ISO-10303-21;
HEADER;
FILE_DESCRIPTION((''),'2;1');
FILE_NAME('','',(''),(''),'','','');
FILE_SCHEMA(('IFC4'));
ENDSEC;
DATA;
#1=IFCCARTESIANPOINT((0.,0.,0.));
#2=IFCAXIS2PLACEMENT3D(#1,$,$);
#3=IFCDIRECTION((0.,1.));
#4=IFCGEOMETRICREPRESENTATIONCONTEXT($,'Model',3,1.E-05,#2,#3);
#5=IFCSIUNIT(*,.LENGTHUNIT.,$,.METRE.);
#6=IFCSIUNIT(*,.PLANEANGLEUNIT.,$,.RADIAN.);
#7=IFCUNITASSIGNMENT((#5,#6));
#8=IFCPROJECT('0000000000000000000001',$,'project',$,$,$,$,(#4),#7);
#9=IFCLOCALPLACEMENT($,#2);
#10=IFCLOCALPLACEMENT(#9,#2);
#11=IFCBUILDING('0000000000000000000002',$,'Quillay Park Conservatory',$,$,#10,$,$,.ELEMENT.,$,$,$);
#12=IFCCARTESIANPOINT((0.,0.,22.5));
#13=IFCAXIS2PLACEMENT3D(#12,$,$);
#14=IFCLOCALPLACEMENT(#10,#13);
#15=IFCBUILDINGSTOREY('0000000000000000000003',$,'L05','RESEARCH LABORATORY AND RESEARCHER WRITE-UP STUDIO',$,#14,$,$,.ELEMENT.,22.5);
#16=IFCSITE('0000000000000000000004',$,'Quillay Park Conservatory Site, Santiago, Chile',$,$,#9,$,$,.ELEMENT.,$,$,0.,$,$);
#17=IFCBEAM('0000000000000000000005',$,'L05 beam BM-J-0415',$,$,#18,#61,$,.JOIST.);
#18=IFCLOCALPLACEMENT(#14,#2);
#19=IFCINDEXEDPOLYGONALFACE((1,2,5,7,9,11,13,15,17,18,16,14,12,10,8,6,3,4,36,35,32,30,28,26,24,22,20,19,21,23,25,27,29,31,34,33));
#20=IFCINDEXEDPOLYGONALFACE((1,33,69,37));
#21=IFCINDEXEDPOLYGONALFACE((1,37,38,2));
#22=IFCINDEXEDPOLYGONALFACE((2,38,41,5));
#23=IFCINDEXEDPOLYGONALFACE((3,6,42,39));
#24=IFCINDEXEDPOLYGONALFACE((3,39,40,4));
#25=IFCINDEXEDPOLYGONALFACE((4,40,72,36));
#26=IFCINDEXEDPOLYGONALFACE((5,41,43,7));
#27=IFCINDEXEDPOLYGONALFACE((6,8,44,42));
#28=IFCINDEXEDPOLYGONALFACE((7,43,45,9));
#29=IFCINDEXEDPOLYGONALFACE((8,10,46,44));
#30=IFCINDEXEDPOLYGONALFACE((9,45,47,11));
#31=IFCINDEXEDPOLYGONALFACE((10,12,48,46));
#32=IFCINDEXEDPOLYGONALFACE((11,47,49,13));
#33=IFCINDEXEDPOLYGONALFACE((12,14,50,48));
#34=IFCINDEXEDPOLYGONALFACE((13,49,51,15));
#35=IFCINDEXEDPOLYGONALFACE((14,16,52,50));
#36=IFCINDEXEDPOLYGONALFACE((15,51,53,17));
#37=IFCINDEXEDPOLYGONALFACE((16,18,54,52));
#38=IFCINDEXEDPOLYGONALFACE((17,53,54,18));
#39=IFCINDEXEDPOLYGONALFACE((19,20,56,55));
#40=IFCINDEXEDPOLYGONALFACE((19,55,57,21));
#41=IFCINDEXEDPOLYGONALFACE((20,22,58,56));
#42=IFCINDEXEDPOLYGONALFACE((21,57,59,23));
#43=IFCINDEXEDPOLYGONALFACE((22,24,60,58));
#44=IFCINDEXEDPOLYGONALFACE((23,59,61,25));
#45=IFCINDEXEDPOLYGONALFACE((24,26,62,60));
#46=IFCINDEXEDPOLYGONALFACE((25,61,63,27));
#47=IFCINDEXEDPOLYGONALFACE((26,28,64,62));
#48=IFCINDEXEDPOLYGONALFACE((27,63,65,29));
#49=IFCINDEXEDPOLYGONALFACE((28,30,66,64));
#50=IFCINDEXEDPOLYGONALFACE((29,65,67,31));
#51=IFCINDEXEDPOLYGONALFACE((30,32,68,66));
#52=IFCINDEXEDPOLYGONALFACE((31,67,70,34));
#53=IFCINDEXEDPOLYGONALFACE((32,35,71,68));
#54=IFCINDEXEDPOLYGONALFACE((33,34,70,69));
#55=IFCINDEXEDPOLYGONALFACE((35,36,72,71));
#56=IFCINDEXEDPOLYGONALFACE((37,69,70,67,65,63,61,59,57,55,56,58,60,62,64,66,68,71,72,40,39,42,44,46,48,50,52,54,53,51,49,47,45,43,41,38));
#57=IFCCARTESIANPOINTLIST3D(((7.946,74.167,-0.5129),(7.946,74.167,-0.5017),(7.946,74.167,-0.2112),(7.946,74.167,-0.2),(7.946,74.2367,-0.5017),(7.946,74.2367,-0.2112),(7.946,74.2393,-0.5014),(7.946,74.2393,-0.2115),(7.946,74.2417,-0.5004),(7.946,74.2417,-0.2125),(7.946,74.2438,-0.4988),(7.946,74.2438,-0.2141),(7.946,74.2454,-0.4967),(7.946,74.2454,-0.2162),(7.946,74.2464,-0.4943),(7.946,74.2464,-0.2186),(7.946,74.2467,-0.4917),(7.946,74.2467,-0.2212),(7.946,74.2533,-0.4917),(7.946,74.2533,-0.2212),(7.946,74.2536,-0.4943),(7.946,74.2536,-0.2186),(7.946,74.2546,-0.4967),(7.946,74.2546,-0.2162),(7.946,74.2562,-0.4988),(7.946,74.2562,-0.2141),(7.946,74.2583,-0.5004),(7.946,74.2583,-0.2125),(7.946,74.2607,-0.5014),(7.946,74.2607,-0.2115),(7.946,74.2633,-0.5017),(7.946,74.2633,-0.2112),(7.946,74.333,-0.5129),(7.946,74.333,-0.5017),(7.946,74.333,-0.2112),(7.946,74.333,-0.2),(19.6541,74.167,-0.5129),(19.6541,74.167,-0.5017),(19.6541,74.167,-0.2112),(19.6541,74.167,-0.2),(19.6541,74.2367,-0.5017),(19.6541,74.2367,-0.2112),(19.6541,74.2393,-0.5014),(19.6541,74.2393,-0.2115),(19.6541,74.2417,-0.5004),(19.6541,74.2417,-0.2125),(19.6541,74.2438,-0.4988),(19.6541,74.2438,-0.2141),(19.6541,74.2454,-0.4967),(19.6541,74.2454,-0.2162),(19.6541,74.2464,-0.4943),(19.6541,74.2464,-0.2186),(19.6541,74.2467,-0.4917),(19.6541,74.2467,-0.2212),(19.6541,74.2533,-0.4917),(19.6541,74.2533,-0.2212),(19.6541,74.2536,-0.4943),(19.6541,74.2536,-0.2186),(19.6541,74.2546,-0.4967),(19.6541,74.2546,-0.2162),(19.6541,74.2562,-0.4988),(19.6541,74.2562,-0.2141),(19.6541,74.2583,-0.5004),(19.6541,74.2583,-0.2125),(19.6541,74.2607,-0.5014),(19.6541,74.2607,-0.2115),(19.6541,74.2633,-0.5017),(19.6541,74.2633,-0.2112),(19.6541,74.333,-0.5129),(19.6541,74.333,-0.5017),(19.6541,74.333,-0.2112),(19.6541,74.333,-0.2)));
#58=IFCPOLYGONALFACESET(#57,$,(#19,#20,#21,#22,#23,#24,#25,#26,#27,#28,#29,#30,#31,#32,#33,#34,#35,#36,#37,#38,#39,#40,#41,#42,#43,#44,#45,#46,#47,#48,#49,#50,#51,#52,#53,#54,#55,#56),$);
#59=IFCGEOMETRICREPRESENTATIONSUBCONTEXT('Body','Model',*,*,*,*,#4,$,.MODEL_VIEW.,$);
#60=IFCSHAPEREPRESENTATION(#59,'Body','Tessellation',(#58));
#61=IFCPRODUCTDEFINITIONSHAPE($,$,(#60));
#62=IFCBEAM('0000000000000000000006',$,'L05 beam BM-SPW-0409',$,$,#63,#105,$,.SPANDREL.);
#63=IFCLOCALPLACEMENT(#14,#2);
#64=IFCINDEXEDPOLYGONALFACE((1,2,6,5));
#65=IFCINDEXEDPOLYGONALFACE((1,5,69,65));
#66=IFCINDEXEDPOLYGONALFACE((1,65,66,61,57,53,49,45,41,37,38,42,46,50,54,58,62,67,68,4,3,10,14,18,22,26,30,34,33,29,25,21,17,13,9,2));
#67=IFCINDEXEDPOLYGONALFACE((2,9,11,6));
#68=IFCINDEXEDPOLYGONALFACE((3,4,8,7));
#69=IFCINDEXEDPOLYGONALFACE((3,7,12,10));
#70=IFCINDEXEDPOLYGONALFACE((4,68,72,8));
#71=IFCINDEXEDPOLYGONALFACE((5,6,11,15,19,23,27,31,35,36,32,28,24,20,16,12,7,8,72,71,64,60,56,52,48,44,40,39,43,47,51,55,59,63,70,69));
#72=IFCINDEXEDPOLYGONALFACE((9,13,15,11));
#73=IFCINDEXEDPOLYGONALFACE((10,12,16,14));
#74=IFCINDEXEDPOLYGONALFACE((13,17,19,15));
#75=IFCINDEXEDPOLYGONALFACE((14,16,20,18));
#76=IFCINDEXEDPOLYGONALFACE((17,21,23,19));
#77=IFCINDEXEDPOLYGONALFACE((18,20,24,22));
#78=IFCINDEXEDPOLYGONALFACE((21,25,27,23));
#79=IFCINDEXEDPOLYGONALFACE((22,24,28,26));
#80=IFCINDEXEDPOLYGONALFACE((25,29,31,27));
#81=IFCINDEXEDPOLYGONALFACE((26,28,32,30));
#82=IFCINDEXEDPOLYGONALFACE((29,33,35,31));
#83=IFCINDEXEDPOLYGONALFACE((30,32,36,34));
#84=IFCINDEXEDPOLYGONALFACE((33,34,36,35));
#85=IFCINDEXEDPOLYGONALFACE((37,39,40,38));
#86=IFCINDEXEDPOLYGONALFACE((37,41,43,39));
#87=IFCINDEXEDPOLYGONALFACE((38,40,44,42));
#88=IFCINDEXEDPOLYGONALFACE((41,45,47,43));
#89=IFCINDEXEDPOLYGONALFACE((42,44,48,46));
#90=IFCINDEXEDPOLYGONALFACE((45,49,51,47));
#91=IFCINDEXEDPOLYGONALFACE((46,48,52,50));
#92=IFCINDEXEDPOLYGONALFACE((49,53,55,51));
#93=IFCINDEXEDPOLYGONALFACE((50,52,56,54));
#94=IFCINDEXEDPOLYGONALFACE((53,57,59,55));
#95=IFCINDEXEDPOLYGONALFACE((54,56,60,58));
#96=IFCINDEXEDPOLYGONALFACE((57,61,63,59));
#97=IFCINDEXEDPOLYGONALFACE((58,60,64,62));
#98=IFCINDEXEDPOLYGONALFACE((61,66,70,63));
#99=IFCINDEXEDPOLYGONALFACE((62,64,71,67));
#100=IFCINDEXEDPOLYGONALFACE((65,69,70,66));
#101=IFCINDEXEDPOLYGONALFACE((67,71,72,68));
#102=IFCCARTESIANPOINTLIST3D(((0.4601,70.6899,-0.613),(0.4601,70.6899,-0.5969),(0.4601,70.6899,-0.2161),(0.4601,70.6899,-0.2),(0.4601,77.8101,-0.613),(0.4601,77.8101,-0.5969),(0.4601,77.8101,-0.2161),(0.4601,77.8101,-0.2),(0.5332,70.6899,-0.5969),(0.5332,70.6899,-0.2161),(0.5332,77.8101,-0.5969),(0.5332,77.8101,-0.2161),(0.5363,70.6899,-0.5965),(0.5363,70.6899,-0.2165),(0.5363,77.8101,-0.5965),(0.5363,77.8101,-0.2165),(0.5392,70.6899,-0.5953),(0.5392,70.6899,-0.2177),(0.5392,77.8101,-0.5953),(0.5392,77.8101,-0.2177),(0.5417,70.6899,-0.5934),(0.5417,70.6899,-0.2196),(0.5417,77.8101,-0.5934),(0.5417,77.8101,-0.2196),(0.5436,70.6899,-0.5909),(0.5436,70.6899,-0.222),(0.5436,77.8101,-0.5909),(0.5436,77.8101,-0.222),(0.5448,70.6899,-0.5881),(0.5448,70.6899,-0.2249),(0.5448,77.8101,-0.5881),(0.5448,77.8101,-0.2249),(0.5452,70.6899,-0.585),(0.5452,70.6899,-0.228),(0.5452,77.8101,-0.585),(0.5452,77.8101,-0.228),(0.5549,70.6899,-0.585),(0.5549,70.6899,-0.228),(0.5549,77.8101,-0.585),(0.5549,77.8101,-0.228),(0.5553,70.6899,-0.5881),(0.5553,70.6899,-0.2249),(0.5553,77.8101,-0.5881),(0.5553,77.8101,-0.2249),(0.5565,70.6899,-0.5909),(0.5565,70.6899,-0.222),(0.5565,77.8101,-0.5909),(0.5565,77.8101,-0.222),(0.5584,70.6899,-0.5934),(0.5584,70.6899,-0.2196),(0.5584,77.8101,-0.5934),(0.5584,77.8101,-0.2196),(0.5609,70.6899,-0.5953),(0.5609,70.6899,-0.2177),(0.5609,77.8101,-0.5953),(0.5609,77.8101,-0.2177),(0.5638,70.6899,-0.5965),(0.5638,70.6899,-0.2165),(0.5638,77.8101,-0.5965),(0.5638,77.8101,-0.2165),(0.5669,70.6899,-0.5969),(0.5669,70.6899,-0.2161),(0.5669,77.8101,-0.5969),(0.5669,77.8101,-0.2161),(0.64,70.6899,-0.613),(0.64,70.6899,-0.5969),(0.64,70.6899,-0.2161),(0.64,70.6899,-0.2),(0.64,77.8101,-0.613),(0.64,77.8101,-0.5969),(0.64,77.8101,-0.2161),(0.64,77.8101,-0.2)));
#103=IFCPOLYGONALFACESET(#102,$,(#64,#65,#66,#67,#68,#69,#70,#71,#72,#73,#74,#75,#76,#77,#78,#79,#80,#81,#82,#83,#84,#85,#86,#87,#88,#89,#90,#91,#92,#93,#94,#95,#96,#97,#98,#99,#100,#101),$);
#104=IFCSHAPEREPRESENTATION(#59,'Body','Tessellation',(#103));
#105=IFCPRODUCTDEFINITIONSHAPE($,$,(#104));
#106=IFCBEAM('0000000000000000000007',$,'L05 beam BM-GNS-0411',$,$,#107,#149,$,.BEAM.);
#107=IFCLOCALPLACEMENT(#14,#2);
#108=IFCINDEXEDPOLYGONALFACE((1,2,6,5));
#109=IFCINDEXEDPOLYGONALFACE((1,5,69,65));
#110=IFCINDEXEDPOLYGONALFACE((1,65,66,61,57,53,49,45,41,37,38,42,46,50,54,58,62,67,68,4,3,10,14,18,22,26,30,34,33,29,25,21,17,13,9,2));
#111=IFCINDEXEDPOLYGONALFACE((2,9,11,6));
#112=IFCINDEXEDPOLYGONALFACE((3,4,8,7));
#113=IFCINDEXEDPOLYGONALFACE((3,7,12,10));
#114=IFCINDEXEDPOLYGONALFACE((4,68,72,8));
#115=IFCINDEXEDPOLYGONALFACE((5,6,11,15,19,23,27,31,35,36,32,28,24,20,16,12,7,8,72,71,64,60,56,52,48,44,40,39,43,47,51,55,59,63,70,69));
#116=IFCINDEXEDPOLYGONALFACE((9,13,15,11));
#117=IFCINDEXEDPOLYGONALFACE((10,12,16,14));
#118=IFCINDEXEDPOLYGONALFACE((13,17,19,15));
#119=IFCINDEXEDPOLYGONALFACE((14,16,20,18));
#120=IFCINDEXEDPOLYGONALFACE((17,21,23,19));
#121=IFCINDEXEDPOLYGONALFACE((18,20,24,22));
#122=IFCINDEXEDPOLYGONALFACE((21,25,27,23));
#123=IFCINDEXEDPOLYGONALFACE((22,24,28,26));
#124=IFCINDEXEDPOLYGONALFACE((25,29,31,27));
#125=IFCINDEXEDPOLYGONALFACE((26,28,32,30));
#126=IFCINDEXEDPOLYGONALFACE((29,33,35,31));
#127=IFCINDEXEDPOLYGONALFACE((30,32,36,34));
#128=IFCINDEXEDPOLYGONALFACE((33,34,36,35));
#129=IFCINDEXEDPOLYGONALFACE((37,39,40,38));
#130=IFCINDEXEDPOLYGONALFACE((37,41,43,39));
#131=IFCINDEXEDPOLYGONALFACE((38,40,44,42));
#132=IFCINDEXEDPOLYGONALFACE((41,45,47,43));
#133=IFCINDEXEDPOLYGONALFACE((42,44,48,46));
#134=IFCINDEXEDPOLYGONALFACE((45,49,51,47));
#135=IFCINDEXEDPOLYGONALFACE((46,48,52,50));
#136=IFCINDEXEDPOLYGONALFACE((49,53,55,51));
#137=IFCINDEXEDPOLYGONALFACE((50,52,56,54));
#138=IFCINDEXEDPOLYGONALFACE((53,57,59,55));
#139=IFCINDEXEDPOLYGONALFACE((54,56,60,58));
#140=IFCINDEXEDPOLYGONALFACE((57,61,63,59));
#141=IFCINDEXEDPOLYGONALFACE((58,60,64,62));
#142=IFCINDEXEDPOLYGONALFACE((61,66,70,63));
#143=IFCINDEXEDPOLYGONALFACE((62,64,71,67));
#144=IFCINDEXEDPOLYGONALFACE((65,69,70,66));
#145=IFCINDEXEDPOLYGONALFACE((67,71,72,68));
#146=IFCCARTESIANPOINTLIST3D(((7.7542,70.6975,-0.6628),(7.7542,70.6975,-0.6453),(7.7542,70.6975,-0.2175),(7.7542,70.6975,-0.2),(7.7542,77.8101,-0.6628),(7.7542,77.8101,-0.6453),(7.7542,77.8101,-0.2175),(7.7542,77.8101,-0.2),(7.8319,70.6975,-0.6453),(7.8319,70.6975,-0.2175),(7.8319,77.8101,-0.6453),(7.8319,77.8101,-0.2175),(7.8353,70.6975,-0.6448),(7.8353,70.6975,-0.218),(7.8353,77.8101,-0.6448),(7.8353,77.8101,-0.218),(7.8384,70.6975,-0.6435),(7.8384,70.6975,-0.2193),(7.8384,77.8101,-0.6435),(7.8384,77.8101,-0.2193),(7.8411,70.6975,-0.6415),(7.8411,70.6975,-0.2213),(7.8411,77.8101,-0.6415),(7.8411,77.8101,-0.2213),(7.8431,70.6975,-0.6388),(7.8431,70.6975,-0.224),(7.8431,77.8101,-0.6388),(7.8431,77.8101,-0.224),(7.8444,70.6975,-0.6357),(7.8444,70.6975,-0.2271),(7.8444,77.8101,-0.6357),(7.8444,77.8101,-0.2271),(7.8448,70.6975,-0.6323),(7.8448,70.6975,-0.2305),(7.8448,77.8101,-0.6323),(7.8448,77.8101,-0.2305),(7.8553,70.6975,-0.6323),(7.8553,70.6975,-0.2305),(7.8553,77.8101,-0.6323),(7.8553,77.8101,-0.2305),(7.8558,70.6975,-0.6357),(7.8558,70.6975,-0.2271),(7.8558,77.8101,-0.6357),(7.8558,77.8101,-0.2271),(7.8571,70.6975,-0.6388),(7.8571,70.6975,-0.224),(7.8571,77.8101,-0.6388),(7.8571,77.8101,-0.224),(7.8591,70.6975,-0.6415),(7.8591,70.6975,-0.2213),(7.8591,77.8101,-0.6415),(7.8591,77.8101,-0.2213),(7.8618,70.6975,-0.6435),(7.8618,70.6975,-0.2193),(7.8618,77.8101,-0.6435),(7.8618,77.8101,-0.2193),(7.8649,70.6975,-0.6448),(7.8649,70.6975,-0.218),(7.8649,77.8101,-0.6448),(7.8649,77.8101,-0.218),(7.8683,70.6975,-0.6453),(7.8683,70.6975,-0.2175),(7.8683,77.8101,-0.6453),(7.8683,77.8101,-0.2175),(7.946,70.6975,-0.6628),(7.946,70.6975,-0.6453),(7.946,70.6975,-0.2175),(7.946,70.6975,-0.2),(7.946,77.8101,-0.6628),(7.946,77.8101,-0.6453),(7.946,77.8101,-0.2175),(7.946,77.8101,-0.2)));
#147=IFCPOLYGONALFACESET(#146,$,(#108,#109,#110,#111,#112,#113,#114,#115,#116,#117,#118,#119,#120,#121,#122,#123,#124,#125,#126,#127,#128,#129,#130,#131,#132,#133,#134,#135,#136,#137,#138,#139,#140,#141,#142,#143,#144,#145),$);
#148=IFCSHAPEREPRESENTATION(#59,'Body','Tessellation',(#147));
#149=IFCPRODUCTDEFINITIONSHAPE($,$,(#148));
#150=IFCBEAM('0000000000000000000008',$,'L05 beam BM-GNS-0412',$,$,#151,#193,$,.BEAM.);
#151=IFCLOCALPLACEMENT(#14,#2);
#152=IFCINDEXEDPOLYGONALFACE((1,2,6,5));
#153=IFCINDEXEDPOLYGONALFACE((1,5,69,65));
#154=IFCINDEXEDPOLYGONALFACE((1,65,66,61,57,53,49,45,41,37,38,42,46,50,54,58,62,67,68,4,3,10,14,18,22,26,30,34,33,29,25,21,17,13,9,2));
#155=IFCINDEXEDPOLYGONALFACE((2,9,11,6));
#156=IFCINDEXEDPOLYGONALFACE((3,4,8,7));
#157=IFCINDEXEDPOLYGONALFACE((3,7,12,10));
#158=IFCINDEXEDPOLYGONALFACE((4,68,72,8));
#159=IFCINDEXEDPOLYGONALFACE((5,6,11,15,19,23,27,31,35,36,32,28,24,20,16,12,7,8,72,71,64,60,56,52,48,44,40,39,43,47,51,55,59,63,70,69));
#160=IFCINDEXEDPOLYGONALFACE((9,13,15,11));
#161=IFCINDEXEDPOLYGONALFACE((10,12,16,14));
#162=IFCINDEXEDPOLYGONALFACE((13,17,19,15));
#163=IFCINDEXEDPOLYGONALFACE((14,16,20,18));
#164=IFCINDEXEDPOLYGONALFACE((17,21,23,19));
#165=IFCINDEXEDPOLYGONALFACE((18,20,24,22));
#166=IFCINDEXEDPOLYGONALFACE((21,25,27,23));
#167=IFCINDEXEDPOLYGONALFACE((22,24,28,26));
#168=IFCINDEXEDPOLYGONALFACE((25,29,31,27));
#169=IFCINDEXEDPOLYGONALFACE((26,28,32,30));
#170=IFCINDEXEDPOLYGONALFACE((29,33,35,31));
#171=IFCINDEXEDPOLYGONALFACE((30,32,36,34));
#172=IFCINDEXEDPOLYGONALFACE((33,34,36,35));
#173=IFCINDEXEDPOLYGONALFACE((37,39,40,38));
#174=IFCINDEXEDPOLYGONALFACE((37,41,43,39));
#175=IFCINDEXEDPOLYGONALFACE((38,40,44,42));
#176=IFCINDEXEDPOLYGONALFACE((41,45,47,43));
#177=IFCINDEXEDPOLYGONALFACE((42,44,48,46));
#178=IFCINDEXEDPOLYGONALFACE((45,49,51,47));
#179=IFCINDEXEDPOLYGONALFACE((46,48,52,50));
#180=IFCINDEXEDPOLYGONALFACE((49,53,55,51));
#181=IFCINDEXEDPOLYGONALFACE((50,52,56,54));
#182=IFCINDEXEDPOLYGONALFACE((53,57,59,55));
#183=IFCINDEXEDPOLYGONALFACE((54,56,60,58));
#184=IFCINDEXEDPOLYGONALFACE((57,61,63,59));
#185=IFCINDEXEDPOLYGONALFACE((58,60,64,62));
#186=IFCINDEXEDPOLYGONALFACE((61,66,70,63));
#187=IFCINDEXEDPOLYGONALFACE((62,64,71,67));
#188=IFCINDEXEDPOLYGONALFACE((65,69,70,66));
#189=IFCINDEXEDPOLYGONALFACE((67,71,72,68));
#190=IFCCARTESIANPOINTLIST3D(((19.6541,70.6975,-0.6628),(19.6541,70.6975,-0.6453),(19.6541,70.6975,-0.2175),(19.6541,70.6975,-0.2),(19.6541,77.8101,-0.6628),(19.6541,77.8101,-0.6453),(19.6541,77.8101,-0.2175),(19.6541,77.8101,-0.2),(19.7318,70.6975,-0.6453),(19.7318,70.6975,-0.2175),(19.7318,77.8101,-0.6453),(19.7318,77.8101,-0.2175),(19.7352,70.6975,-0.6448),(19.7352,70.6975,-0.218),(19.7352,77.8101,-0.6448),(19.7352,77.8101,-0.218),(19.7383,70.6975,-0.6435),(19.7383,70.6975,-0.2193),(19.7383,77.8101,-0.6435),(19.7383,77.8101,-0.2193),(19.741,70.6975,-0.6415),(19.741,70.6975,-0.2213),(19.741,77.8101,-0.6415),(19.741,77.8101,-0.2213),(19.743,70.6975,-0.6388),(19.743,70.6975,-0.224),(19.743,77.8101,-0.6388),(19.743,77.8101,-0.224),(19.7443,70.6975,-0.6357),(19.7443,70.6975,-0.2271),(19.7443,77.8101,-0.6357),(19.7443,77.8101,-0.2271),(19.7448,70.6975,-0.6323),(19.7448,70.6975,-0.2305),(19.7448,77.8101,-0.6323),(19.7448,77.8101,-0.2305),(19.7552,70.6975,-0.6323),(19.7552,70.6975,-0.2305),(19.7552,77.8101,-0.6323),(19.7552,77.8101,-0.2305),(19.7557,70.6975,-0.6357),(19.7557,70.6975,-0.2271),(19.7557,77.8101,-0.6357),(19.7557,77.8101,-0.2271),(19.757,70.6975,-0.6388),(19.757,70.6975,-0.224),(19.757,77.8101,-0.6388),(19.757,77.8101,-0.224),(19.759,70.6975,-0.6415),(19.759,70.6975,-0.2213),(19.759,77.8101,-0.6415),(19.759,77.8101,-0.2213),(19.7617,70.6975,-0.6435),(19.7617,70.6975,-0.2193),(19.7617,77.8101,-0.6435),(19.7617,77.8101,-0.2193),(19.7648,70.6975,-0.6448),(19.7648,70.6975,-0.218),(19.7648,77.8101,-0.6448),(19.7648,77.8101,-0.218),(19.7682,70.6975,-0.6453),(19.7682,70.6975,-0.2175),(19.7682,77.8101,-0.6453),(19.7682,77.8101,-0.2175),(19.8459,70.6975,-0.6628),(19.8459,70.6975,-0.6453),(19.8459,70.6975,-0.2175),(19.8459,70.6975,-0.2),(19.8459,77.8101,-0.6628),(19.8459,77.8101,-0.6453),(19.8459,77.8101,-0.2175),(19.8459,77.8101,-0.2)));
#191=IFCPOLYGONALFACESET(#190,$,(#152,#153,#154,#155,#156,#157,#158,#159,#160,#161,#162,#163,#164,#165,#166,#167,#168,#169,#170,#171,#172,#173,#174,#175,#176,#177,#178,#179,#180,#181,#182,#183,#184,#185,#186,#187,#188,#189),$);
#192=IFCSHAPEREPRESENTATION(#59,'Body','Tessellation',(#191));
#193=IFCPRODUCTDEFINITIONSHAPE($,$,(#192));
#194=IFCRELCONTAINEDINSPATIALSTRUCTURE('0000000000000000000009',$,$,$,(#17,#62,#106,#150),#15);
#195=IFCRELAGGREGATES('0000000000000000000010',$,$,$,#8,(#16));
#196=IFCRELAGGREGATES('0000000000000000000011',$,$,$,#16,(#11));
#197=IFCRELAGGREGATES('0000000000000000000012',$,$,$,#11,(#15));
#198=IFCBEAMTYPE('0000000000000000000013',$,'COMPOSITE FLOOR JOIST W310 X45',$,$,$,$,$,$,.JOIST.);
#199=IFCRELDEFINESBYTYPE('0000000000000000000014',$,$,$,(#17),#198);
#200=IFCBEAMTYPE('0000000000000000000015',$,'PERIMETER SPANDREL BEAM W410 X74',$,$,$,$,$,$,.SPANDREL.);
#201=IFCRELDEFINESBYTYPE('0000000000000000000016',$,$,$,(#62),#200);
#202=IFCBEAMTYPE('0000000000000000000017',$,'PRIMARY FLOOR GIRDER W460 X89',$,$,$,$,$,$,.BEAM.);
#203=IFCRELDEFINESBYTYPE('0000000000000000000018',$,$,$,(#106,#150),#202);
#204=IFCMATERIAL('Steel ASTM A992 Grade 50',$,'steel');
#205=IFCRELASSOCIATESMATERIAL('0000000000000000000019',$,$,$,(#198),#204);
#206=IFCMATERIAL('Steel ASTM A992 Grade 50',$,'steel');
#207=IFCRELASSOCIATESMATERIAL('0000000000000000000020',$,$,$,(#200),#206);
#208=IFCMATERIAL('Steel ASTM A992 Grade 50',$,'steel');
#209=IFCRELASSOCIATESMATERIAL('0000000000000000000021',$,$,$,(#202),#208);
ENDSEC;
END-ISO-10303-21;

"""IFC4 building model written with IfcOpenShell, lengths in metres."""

from ifc_helpers import new_model, si_unit, direction, frame, origin, origin_2d, place, context, subcontext, project, spatial, i_section, extrude, material, material_profile, profile_set, type_object, element, save


model = new_model("IFC4")

# Units and contexts
model_context = context("Model", 3, precision=1e-05, world=origin(), true_north=direction((0.0, 1.0)))
body_context = subcontext(model_context, "Body", "Model", "MODEL_VIEW")
ifc_project = project(units=[si_unit("LENGTHUNIT", "METRE"), si_unit("PLANEANGLEUNIT", "RADIAN")], contexts=[model_context])

# Site, building, storey
site_placement = place(None, origin())
site = spatial("IfcSite", under=ifc_project, at=site_placement, Name="Quillay Park Conservatory Site, Santiago, Chile", CompositionType="ELEMENT", RefElevation=0.0)
building_placement = place(site_placement, origin())
building = spatial("IfcBuilding", under=site, at=building_placement, Name="Quillay Park Conservatory", CompositionType="ELEMENT")
storey_placement = place(building_placement, frame((0.0, 0.0, 22.5)))
storey = spatial("IfcBuildingStorey", under=building, at=storey_placement, Name="L05", Description="RESEARCH LABORATORY AND RESEARCHER WRITE-UP STUDIO", CompositionType="ELEMENT", Elevation=22.5)

# Beams
ifc_material_1 = material(Name="Steel ASTM A992 Grade 50", Category="steel")
ifc_material_profile_1 = material_profile(ifc_material_1, i_section(OverallWidth=0.166, OverallDepth=0.313, WebThickness=0.0066, FlangeThickness=0.0112, FilletRadius=0.01, at=origin_2d()), Name="W310x45")
ifc_profile_set_1 = profile_set([ifc_material_profile_1], Name="Steel ASTM A992 Grade 50")
beam_type_1 = type_object("IfcBeamType", Name="COMPOSITE FLOOR JOIST W310 X45", PredefinedType="JOIST", material=ifc_profile_set_1)
beam_1_placement = place(storey_placement, frame((7.946, 74.25, -0.3564), z_axis=(1.0, 0.0, 0.0), x_axis=(0.0, 1.0, 0.0)))
element("IfcBeam", 1, at=beam_1_placement, inside=storey, type_object=beam_type_1, Name="L05 beam BM-J-0415", PredefinedType="JOIST", context=body_context, shape_type="SweptSolid", body=[
    extrude(i_section(OverallWidth=0.166, OverallDepth=0.313, WebThickness=0.0066, FlangeThickness=0.0112, FilletRadius=0.01, at=origin_2d()), origin(), (0.0, 0.0, 1.0), 11.708),
])
ifc_material_2 = material(Name="Steel ASTM A992 Grade 50", Category="steel")
ifc_material_profile_2 = material_profile(ifc_material_2, i_section(OverallWidth=0.1799, OverallDepth=0.4131, WebThickness=0.0098, FlangeThickness=0.0161, FilletRadius=0.012, at=origin_2d()), Name="W410x74")
ifc_profile_set_2 = profile_set([ifc_material_profile_2], Name="Steel ASTM A992 Grade 50")
beam_type_2 = type_object("IfcBeamType", Name="PERIMETER SPANDREL BEAM W410 X74", PredefinedType="SPANDREL", material=ifc_profile_set_2)
beam_2_placement = place(storey_placement, frame((0.55, 70.6899, -0.4065), z_axis=(0.0, 1.0, 0.0), x_axis=(-1.0, 0.0, 0.0)))
element("IfcBeam", 2, at=beam_2_placement, inside=storey, type_object=beam_type_2, Name="L05 beam BM-SPW-0409", PredefinedType="SPANDREL", context=body_context, shape_type="SweptSolid", body=[
    extrude(i_section(OverallWidth=0.1799, OverallDepth=0.4131, WebThickness=0.0098, FlangeThickness=0.0161, FilletRadius=0.012, at=origin_2d()), origin(), (0.0, 0.0, 1.0), 7.1201),
])
ifc_material_3 = material(Name="Steel ASTM A992 Grade 50", Category="steel")
ifc_material_profile_3 = material_profile(ifc_material_3, i_section(OverallWidth=0.1919, OverallDepth=0.4629, WebThickness=0.0105, FlangeThickness=0.0176, FilletRadius=0.0129, at=origin_2d()), Name="W460x89")
ifc_profile_set_3 = profile_set([ifc_material_profile_3], Name="Steel ASTM A992 Grade 50")
beam_type_3 = type_object("IfcBeamType", Name="PRIMARY FLOOR GIRDER W460 X89", PredefinedType="BEAM", material=ifc_profile_set_3)
for number, where, z_axis, x_axis, name in (
    (3, (7.8501, 70.6975, -0.4314), (0.0, 1.0, 0.0), (-1.0, 0.0, 0.0), "L05 beam BM-GNS-0411"),
    (4, (19.75, 70.6975, -0.4314), (0.0, 1.0, 0.0), (-1.0, 0.0, 0.0), "L05 beam BM-GNS-0412"),
):
    element("IfcBeam", number, at=place(storey_placement, frame(where, z_axis=z_axis, x_axis=x_axis)), inside=storey, type_object=beam_type_3, Name=name, PredefinedType="BEAM", context=body_context, shape_type="SweptSolid", body=[
        extrude(i_section(OverallWidth=0.1919, OverallDepth=0.4629, WebThickness=0.0105, FlangeThickness=0.0176, FilletRadius=0.0129, at=origin_2d()), origin(), (0.0, 0.0, 1.0), 7.1125),
    ])

save(model, "model.ifc")
